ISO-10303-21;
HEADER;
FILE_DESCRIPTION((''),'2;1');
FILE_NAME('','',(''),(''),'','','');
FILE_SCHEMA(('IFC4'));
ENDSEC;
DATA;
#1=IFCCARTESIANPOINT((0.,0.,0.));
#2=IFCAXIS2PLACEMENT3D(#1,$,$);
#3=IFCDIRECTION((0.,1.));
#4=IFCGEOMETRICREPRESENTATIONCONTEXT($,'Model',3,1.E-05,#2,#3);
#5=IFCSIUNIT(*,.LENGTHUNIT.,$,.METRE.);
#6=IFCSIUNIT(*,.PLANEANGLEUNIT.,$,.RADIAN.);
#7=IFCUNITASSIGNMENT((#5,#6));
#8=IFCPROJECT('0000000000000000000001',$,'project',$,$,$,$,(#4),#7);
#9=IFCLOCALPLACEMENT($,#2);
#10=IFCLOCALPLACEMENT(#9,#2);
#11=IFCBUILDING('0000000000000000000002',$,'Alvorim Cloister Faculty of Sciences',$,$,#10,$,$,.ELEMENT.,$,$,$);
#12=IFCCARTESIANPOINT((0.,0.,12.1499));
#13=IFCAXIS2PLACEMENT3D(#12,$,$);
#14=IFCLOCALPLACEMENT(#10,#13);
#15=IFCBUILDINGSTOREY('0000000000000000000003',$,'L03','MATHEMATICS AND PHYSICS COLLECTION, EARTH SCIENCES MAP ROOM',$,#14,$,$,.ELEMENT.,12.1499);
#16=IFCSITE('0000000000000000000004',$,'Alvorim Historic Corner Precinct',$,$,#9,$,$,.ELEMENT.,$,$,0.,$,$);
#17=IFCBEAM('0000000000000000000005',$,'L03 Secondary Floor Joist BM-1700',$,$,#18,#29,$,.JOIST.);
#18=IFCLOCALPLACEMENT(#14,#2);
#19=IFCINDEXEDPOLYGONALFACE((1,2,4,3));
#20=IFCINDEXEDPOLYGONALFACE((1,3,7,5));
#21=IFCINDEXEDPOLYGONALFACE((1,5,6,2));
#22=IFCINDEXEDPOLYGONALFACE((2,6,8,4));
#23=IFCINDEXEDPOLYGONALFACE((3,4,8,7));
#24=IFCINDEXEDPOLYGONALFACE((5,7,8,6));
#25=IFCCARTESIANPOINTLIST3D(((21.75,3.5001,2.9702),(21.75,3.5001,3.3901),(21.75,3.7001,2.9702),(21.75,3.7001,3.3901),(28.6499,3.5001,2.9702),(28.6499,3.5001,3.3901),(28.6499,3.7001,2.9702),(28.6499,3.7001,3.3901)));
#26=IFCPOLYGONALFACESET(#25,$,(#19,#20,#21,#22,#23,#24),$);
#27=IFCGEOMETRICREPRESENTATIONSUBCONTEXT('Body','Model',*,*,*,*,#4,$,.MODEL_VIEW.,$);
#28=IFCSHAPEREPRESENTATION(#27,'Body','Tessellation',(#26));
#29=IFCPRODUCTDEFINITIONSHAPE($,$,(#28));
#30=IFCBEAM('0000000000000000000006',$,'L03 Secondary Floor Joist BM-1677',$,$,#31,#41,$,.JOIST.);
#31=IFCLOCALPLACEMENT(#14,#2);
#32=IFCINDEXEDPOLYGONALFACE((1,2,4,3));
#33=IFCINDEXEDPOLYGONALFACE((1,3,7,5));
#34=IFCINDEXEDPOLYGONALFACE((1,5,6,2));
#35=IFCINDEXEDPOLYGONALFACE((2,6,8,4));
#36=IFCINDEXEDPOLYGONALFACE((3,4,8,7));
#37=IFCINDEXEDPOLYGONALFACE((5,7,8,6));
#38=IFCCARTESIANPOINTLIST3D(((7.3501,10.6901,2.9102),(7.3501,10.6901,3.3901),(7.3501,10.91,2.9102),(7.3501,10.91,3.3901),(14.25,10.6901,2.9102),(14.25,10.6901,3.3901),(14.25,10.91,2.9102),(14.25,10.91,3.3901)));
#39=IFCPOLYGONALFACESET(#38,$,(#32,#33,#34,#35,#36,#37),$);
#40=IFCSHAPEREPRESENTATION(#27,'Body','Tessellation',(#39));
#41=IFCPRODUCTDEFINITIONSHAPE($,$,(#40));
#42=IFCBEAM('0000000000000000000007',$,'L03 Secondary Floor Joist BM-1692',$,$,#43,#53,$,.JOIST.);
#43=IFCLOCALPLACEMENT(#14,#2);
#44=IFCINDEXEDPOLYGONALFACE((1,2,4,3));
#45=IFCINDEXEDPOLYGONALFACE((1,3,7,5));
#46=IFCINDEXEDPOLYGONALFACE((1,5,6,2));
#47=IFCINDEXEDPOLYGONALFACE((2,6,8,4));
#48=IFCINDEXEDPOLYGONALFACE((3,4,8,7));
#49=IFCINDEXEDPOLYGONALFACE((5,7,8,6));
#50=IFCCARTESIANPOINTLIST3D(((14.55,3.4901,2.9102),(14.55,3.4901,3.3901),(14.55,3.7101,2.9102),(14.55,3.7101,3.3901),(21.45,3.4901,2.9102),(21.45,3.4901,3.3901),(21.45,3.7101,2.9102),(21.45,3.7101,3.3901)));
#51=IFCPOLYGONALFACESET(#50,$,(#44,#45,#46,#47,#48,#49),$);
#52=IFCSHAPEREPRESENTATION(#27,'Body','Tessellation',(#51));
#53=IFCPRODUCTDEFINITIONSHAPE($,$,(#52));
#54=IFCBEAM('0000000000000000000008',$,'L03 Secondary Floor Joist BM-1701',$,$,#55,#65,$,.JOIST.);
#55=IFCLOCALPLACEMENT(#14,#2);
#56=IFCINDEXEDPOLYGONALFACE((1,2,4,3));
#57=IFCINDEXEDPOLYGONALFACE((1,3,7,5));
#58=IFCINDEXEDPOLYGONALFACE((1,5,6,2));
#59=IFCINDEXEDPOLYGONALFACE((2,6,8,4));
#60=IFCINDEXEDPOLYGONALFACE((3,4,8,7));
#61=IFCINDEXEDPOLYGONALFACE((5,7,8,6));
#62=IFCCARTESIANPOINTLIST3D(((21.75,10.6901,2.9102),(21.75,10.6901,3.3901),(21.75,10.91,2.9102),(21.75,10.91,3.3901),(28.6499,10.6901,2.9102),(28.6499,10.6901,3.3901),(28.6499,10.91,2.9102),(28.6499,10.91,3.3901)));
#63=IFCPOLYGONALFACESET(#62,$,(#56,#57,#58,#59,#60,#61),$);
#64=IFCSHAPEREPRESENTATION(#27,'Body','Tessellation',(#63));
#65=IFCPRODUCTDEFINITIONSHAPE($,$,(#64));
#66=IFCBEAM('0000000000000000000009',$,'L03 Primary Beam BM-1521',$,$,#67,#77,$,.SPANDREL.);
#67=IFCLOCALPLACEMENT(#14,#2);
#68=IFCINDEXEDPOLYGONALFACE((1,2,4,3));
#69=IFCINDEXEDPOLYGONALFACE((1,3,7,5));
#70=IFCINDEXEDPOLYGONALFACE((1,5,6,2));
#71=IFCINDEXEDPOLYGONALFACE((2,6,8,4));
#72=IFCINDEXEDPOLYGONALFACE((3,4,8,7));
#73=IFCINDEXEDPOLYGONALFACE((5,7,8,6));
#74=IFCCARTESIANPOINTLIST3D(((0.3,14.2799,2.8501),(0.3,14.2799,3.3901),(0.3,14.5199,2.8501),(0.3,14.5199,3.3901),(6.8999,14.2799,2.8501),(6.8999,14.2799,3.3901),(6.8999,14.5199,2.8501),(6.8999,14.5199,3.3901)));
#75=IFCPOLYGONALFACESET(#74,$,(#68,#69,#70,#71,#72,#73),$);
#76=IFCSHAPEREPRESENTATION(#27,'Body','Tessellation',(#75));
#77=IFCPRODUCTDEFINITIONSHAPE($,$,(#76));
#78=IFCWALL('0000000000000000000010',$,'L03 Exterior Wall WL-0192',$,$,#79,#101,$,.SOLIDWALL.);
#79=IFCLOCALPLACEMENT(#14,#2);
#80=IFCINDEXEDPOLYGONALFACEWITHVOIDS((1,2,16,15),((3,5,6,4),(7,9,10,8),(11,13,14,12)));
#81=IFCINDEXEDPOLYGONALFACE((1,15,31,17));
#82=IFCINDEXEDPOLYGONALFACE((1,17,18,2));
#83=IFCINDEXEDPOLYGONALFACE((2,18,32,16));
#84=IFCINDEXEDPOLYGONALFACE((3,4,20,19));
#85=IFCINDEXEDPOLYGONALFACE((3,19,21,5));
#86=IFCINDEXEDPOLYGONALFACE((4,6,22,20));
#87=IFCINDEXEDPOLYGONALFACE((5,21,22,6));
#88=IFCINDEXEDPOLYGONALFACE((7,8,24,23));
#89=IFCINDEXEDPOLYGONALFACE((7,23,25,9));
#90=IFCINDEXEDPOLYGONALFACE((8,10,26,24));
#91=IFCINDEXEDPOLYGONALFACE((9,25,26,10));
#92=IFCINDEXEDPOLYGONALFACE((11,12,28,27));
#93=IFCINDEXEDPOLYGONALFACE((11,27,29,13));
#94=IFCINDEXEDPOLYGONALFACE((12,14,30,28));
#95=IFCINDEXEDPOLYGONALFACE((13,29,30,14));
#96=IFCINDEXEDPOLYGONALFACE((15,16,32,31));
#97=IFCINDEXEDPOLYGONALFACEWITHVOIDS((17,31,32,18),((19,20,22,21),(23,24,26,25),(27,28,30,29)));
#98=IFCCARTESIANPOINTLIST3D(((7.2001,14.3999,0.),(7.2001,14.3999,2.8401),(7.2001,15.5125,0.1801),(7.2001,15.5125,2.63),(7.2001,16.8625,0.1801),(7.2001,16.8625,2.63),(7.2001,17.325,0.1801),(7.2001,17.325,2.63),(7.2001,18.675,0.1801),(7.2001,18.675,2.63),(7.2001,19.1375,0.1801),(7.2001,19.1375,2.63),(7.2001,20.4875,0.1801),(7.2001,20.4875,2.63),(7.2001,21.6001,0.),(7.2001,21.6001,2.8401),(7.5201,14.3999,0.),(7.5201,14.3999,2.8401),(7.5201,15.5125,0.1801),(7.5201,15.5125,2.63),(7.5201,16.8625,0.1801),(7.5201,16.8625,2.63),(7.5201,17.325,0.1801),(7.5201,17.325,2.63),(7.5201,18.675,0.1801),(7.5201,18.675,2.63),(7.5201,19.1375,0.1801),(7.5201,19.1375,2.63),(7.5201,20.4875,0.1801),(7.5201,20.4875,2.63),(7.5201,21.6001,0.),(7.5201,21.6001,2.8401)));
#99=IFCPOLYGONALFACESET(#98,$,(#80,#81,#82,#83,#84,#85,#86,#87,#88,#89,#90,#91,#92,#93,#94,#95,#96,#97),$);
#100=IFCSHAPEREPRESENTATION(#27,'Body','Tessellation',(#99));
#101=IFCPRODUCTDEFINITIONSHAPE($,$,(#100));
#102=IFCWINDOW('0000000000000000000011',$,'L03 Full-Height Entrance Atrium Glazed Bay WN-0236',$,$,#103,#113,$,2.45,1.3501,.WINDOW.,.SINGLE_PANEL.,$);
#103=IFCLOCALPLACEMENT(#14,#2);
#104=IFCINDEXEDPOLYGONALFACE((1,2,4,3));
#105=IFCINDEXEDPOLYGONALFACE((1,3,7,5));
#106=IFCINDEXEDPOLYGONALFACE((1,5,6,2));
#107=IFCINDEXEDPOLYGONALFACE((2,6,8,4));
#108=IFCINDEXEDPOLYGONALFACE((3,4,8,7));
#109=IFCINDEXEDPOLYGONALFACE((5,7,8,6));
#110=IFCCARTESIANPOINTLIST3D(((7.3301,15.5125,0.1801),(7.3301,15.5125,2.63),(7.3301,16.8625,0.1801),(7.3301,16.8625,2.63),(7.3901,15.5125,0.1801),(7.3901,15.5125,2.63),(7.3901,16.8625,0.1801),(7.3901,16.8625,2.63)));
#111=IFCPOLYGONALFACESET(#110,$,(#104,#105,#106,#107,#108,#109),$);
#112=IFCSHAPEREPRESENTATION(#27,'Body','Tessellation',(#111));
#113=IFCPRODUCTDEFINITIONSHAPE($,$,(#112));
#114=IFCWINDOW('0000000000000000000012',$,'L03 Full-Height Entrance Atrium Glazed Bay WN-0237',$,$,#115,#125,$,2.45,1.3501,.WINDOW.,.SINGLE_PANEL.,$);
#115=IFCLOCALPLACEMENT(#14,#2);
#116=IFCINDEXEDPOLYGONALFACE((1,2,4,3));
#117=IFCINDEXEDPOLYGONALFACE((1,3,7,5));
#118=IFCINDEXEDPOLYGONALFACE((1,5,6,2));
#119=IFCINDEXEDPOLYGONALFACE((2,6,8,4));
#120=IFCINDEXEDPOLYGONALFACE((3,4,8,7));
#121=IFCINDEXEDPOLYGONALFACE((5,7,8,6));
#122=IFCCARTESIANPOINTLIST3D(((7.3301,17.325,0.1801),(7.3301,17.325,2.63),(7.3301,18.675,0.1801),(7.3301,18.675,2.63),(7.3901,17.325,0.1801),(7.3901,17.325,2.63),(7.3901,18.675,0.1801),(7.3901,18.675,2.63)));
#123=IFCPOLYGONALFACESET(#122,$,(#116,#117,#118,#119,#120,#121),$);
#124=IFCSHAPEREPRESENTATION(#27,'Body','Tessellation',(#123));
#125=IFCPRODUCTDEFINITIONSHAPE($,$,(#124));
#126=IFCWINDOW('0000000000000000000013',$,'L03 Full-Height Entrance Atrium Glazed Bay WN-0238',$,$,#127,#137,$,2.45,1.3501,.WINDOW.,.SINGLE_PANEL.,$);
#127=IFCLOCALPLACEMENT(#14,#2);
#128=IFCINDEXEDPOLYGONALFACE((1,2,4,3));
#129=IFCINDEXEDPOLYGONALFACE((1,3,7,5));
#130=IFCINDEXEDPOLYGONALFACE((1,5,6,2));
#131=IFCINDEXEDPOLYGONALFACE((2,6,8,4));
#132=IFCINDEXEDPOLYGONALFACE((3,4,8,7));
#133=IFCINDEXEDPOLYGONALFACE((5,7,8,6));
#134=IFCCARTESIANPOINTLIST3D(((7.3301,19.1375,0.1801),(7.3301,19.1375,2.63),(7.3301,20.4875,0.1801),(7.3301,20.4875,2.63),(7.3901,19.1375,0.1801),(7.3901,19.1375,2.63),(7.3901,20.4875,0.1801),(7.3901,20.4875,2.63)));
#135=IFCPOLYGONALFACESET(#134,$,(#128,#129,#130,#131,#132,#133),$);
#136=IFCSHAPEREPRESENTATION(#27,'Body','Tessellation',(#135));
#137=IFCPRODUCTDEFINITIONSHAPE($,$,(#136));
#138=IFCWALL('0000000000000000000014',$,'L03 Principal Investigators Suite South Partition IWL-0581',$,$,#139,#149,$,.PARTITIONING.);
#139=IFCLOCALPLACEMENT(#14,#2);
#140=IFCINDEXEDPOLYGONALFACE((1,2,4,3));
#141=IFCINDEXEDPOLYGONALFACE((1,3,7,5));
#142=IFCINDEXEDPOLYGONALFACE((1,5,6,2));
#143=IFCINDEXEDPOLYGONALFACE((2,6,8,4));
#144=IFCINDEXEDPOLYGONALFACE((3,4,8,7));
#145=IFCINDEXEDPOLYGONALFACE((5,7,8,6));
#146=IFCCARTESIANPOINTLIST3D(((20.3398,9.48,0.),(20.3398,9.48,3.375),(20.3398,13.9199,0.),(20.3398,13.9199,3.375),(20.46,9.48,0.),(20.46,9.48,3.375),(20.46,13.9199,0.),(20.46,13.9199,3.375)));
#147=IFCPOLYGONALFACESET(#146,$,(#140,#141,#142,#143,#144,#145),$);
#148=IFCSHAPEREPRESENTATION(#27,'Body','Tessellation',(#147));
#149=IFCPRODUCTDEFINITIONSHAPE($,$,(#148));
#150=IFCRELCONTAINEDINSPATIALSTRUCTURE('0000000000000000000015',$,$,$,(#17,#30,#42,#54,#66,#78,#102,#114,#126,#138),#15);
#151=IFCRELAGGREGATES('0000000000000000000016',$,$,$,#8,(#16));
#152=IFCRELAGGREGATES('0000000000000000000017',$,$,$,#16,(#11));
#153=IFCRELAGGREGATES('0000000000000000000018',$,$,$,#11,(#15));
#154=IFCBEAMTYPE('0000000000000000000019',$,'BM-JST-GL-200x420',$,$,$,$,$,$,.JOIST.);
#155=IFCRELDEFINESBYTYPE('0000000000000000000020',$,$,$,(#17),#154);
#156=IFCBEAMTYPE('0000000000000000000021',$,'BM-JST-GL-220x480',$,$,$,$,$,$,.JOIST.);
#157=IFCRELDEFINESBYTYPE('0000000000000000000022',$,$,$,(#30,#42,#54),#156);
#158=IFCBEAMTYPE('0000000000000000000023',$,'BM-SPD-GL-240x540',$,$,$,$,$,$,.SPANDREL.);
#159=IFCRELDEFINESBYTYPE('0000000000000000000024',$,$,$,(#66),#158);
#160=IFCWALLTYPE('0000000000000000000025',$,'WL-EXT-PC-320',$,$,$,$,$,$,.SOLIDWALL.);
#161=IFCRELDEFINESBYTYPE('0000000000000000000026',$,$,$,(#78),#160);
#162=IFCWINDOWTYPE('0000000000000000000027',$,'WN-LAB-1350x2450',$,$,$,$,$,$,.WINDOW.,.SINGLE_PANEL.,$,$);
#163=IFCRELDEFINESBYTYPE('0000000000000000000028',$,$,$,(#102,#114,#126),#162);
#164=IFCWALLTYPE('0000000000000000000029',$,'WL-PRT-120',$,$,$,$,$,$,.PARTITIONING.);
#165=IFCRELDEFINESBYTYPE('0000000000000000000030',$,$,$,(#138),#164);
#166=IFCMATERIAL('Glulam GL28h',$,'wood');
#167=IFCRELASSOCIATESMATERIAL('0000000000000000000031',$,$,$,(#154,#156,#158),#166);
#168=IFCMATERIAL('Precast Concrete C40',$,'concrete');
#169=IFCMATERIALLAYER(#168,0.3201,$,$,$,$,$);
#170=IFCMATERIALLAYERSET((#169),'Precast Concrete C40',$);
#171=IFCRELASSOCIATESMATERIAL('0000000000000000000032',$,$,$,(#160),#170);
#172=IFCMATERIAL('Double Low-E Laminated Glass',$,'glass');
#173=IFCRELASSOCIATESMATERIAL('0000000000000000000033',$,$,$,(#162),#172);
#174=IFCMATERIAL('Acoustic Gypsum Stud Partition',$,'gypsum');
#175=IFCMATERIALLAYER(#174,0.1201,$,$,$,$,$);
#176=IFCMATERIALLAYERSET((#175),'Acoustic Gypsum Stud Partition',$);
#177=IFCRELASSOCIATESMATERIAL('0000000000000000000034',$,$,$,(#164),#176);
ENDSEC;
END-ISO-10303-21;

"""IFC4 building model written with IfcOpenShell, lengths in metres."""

from ifc_helpers import new_model, si_unit, direction, frame, frame_2d, origin, origin_2d, place, context, subcontext, project, spatial, rectangle, extrude, material, layer, layer_set, material_profile, profile_set, type_object, element, fill, save


model = new_model("IFC4")

# Units and contexts
model_context = context("Model", 3, precision=1e-05, world=origin(), true_north=direction((0.0, 1.0)))
body_context = subcontext(model_context, "Body", "Model", "MODEL_VIEW")
ifc_project = project(units=[si_unit("LENGTHUNIT", "METRE"), si_unit("PLANEANGLEUNIT", "RADIAN")], contexts=[model_context])

# Site, building, storey
site_placement = place(None, origin())
site = spatial("IfcSite", under=ifc_project, at=site_placement, Name="Alvorim Historic Corner Precinct", CompositionType="ELEMENT", RefElevation=0.0)
building_placement = place(site_placement, origin())
building = spatial("IfcBuilding", under=site, at=building_placement, Name="Alvorim Cloister Faculty of Sciences", CompositionType="ELEMENT")
storey_placement = place(building_placement, frame((0.0, 0.0, 12.1499)))
storey = spatial("IfcBuildingStorey", under=building, at=storey_placement, Name="L03", Description="MATHEMATICS AND PHYSICS COLLECTION, EARTH SCIENCES MAP ROOM", CompositionType="ELEMENT", Elevation=12.1499)

# Beams
ifc_material_1 = material(Name="Glulam GL28h", Category="wood")
ifc_material_profile_1 = material_profile(ifc_material_1, rectangle(XDim=0.2, YDim=0.4199, at=origin_2d()), Name="GL28-JST-200x420")
ifc_profile_set_1 = profile_set([ifc_material_profile_1], Name="Glulam GL28h")
beam_type_1 = type_object("IfcBeamType", Name="BM-JST-GL-200x420", PredefinedType="JOIST", material=ifc_profile_set_1)
for number, where, z_axis, x_axis, name in (
    (1, (21.75, 3.6001, 3.1802), (1.0, 0.0, 0.0), (0.0, 1.0, 0.0), "L03 Secondary Floor Joist BM-1700"),
):
    element("IfcBeam", number, at=place(storey_placement, frame(where, z_axis=z_axis, x_axis=x_axis)), inside=storey, type_object=beam_type_1, Name=name, PredefinedType="JOIST", context=body_context, shape_type="SweptSolid", body=[
        extrude(rectangle(XDim=0.2, YDim=0.4199, at=origin_2d()), origin(), (0.0, 0.0, 1.0), 6.8999),
    ])
ifc_material_profile_2 = material_profile(ifc_material_1, rectangle(XDim=0.22, YDim=0.48, at=origin_2d()), Name="GL28-JST-220x480")
ifc_profile_set_2 = profile_set([ifc_material_profile_2], Name="Glulam GL28h")
beam_type_2 = type_object("IfcBeamType", Name="BM-JST-GL-220x480", PredefinedType="JOIST", material=ifc_profile_set_2)
for number, where, z_axis, x_axis, name in (
    (2, (7.3501, 10.8, 3.1501), (1.0, 0.0, 0.0), (0.0, 1.0, 0.0), "L03 Secondary Floor Joist BM-1677"),
    (3, (14.55, 3.6001, 3.1501), (1.0, 0.0, 0.0), (0.0, 1.0, 0.0), "L03 Secondary Floor Joist BM-1692"),
    (4, (21.75, 10.8, 3.1501), (1.0, 0.0, 0.0), (0.0, 1.0, 0.0), "L03 Secondary Floor Joist BM-1701"),
):
    element("IfcBeam", number, at=place(storey_placement, frame(where, z_axis=z_axis, x_axis=x_axis)), inside=storey, type_object=beam_type_2, Name=name, PredefinedType="JOIST", context=body_context, shape_type="SweptSolid", body=[
        extrude(rectangle(XDim=0.22, YDim=0.48, at=origin_2d()), origin(), (0.0, 0.0, 1.0), 6.8999),
    ])
ifc_material_profile_3 = material_profile(ifc_material_1, rectangle(XDim=0.24, YDim=0.54, at=origin_2d()), Name="GL28-SPD-240x540")
ifc_profile_set_3 = profile_set([ifc_material_profile_3], Name="Glulam GL28h")
beam_type_3 = type_object("IfcBeamType", Name="BM-SPD-GL-240x540", PredefinedType="SPANDREL", material=ifc_profile_set_3)
beam_1_placement = place(storey_placement, frame((0.3, 14.3999, 3.1201), z_axis=(1.0, 0.0, 0.0), x_axis=(0.0, 1.0, 0.0)))
element("IfcBeam", 5, at=beam_1_placement, inside=storey, type_object=beam_type_3, Name="L03 Primary Beam BM-1521", PredefinedType="SPANDREL", context=body_context, shape_type="SweptSolid", body=[
    extrude(rectangle(XDim=0.24, YDim=0.54, at=origin_2d()), origin(), (0.0, 0.0, 1.0), 6.5999),
])

# Wall, openings, windows
ifc_material_2 = material(Name="Precast Concrete C40", Category="concrete")
ifc_layer_1 = layer(ifc_material_2, 0.3201)
ifc_layer_set_1 = layer_set([ifc_layer_1], Name="Precast Concrete C40")
wall_type_1 = type_object("IfcWallType", Name="WL-EXT-PC-320", PredefinedType="SOLIDWALL", material=ifc_layer_set_1)
wall_1_placement = place(storey_placement, frame((7.3601, 14.3999, 0.0), z_axis=(0.0, 0.0, 1.0), x_axis=(0.0, 1.0, 0.0)))
wall_1 = element("IfcWall", 6, at=wall_1_placement, inside=storey, type_object=wall_type_1, Name="L03 Exterior Wall WL-0192", PredefinedType="SOLIDWALL", context=body_context, shape_type="SweptSolid", body=[
    extrude(rectangle(XDim=7.2002, YDim=0.3201, at=frame_2d((3.6001, 0.0))), origin(), (0.0, 0.0, 1.0), 2.8401),
])
opening_1_placement = place(wall_1_placement, frame((1.1125, 0.0, 0.1799)))
opening_1 = element("IfcOpeningElement", 7, at=opening_1_placement, cuts=wall_1, PredefinedType="OPENING", context=body_context, shape_type="SweptSolid", body=[
    extrude(rectangle(XDim=1.3501, YDim=2.45, at=frame_2d((0.675, 1.2251))), frame((0.0, 0.1719, 0.0), z_axis=(0.0, -1.0, 0.0), x_axis=(1.0, 0.0, 0.0)), (0.0, 0.0, 1.0), 0.344),
])
opening_2_placement = place(wall_1_placement, frame((2.925, 0.0, 0.1799)))
opening_2 = element("IfcOpeningElement", 8, at=opening_2_placement, cuts=wall_1, PredefinedType="OPENING", context=body_context, shape_type="SweptSolid", body=[
    extrude(rectangle(XDim=1.3501, YDim=2.45, at=frame_2d((0.675, 1.2251))), frame((0.0, 0.1719, 0.0), z_axis=(0.0, -1.0, 0.0), x_axis=(1.0, 0.0, 0.0)), (0.0, 0.0, 1.0), 0.344),
])
opening_3_placement = place(wall_1_placement, frame((4.7375, 0.0, 0.1799)))
opening_3 = element("IfcOpeningElement", 9, at=opening_3_placement, cuts=wall_1, PredefinedType="OPENING", context=body_context, shape_type="SweptSolid", body=[
    extrude(rectangle(XDim=1.3501, YDim=2.45, at=frame_2d((0.675, 1.2251))), frame((0.0, 0.1719, 0.0), z_axis=(0.0, -1.0, 0.0), x_axis=(1.0, 0.0, 0.0)), (0.0, 0.0, 1.0), 0.344),
])
ifc_material_3 = material(Name="Double Low-E Laminated Glass", Category="glass")
window_type = type_object("IfcWindowType", Name="WN-LAB-1350x2450", PartitioningType="SINGLE_PANEL", PredefinedType="WINDOW", material=ifc_material_3)
window_1_placement = place(opening_1_placement, origin())
window_1 = element("IfcWindow", 10, at=window_1_placement, inside=storey, type_object=window_type, Name="L03 Full-Height Entrance Atrium Glazed Bay WN-0236", OverallHeight=2.45, OverallWidth=1.3501, PartitioningType="SINGLE_PANEL", PredefinedType="WINDOW", context=body_context, shape_type="SweptSolid", body=[
    extrude(rectangle(XDim=1.3501, YDim=2.45, at=frame_2d((0.675, 1.2251))), frame((0.0, 0.03, 0.0), z_axis=(0.0, -1.0, 0.0), x_axis=(1.0, 0.0, 0.0)), (0.0, 0.0, 1.0), 0.0601),
])
fill(opening_1, window_1)
window_2_placement = place(opening_2_placement, origin())
window_2 = element("IfcWindow", 11, at=window_2_placement, inside=storey, type_object=window_type, Name="L03 Full-Height Entrance Atrium Glazed Bay WN-0237", OverallHeight=2.45, OverallWidth=1.3501, PartitioningType="SINGLE_PANEL", PredefinedType="WINDOW", context=body_context, shape_type="SweptSolid", body=[
    extrude(rectangle(XDim=1.3501, YDim=2.45, at=frame_2d((0.675, 1.2251))), frame((0.0, 0.03, 0.0), z_axis=(0.0, -1.0, 0.0), x_axis=(1.0, 0.0, 0.0)), (0.0, 0.0, 1.0), 0.0601),
])
fill(opening_2, window_2)
window_3_placement = place(opening_3_placement, origin())
window_3 = element("IfcWindow", 12, at=window_3_placement, inside=storey, type_object=window_type, Name="L03 Full-Height Entrance Atrium Glazed Bay WN-0238", OverallHeight=2.45, OverallWidth=1.3501, PartitioningType="SINGLE_PANEL", PredefinedType="WINDOW", context=body_context, shape_type="SweptSolid", body=[
    extrude(rectangle(XDim=1.3501, YDim=2.45, at=frame_2d((0.675, 1.2251))), frame((0.0, 0.03, 0.0), z_axis=(0.0, -1.0, 0.0), x_axis=(1.0, 0.0, 0.0)), (0.0, 0.0, 1.0), 0.0601),
])
fill(opening_3, window_3)

# Wall
ifc_material_4 = material(Name="Acoustic Gypsum Stud Partition", Category="gypsum")
ifc_layer_2 = layer(ifc_material_4, 0.1201)
ifc_layer_set_2 = layer_set([ifc_layer_2], Name="Acoustic Gypsum Stud Partition")
wall_type_2 = type_object("IfcWallType", Name="WL-PRT-120", PredefinedType="PARTITIONING", material=ifc_layer_set_2)
wall_2_placement = place(storey_placement, frame((20.3999, 9.48, 0.0), z_axis=(0.0, 0.0, 1.0), x_axis=(0.0, 1.0, 0.0)))
element("IfcWall", 13, at=wall_2_placement, inside=storey, type_object=wall_type_2, Name="L03 Principal Investigators Suite South Partition IWL-0581", PredefinedType="PARTITIONING", context=body_context, shape_type="SweptSolid", body=[
    extrude(rectangle(XDim=4.4399, YDim=0.1201, at=frame_2d((2.22, 0.0))), origin(), (0.0, 0.0, 1.0), 3.375),
])

save(model, "model.ifc")
